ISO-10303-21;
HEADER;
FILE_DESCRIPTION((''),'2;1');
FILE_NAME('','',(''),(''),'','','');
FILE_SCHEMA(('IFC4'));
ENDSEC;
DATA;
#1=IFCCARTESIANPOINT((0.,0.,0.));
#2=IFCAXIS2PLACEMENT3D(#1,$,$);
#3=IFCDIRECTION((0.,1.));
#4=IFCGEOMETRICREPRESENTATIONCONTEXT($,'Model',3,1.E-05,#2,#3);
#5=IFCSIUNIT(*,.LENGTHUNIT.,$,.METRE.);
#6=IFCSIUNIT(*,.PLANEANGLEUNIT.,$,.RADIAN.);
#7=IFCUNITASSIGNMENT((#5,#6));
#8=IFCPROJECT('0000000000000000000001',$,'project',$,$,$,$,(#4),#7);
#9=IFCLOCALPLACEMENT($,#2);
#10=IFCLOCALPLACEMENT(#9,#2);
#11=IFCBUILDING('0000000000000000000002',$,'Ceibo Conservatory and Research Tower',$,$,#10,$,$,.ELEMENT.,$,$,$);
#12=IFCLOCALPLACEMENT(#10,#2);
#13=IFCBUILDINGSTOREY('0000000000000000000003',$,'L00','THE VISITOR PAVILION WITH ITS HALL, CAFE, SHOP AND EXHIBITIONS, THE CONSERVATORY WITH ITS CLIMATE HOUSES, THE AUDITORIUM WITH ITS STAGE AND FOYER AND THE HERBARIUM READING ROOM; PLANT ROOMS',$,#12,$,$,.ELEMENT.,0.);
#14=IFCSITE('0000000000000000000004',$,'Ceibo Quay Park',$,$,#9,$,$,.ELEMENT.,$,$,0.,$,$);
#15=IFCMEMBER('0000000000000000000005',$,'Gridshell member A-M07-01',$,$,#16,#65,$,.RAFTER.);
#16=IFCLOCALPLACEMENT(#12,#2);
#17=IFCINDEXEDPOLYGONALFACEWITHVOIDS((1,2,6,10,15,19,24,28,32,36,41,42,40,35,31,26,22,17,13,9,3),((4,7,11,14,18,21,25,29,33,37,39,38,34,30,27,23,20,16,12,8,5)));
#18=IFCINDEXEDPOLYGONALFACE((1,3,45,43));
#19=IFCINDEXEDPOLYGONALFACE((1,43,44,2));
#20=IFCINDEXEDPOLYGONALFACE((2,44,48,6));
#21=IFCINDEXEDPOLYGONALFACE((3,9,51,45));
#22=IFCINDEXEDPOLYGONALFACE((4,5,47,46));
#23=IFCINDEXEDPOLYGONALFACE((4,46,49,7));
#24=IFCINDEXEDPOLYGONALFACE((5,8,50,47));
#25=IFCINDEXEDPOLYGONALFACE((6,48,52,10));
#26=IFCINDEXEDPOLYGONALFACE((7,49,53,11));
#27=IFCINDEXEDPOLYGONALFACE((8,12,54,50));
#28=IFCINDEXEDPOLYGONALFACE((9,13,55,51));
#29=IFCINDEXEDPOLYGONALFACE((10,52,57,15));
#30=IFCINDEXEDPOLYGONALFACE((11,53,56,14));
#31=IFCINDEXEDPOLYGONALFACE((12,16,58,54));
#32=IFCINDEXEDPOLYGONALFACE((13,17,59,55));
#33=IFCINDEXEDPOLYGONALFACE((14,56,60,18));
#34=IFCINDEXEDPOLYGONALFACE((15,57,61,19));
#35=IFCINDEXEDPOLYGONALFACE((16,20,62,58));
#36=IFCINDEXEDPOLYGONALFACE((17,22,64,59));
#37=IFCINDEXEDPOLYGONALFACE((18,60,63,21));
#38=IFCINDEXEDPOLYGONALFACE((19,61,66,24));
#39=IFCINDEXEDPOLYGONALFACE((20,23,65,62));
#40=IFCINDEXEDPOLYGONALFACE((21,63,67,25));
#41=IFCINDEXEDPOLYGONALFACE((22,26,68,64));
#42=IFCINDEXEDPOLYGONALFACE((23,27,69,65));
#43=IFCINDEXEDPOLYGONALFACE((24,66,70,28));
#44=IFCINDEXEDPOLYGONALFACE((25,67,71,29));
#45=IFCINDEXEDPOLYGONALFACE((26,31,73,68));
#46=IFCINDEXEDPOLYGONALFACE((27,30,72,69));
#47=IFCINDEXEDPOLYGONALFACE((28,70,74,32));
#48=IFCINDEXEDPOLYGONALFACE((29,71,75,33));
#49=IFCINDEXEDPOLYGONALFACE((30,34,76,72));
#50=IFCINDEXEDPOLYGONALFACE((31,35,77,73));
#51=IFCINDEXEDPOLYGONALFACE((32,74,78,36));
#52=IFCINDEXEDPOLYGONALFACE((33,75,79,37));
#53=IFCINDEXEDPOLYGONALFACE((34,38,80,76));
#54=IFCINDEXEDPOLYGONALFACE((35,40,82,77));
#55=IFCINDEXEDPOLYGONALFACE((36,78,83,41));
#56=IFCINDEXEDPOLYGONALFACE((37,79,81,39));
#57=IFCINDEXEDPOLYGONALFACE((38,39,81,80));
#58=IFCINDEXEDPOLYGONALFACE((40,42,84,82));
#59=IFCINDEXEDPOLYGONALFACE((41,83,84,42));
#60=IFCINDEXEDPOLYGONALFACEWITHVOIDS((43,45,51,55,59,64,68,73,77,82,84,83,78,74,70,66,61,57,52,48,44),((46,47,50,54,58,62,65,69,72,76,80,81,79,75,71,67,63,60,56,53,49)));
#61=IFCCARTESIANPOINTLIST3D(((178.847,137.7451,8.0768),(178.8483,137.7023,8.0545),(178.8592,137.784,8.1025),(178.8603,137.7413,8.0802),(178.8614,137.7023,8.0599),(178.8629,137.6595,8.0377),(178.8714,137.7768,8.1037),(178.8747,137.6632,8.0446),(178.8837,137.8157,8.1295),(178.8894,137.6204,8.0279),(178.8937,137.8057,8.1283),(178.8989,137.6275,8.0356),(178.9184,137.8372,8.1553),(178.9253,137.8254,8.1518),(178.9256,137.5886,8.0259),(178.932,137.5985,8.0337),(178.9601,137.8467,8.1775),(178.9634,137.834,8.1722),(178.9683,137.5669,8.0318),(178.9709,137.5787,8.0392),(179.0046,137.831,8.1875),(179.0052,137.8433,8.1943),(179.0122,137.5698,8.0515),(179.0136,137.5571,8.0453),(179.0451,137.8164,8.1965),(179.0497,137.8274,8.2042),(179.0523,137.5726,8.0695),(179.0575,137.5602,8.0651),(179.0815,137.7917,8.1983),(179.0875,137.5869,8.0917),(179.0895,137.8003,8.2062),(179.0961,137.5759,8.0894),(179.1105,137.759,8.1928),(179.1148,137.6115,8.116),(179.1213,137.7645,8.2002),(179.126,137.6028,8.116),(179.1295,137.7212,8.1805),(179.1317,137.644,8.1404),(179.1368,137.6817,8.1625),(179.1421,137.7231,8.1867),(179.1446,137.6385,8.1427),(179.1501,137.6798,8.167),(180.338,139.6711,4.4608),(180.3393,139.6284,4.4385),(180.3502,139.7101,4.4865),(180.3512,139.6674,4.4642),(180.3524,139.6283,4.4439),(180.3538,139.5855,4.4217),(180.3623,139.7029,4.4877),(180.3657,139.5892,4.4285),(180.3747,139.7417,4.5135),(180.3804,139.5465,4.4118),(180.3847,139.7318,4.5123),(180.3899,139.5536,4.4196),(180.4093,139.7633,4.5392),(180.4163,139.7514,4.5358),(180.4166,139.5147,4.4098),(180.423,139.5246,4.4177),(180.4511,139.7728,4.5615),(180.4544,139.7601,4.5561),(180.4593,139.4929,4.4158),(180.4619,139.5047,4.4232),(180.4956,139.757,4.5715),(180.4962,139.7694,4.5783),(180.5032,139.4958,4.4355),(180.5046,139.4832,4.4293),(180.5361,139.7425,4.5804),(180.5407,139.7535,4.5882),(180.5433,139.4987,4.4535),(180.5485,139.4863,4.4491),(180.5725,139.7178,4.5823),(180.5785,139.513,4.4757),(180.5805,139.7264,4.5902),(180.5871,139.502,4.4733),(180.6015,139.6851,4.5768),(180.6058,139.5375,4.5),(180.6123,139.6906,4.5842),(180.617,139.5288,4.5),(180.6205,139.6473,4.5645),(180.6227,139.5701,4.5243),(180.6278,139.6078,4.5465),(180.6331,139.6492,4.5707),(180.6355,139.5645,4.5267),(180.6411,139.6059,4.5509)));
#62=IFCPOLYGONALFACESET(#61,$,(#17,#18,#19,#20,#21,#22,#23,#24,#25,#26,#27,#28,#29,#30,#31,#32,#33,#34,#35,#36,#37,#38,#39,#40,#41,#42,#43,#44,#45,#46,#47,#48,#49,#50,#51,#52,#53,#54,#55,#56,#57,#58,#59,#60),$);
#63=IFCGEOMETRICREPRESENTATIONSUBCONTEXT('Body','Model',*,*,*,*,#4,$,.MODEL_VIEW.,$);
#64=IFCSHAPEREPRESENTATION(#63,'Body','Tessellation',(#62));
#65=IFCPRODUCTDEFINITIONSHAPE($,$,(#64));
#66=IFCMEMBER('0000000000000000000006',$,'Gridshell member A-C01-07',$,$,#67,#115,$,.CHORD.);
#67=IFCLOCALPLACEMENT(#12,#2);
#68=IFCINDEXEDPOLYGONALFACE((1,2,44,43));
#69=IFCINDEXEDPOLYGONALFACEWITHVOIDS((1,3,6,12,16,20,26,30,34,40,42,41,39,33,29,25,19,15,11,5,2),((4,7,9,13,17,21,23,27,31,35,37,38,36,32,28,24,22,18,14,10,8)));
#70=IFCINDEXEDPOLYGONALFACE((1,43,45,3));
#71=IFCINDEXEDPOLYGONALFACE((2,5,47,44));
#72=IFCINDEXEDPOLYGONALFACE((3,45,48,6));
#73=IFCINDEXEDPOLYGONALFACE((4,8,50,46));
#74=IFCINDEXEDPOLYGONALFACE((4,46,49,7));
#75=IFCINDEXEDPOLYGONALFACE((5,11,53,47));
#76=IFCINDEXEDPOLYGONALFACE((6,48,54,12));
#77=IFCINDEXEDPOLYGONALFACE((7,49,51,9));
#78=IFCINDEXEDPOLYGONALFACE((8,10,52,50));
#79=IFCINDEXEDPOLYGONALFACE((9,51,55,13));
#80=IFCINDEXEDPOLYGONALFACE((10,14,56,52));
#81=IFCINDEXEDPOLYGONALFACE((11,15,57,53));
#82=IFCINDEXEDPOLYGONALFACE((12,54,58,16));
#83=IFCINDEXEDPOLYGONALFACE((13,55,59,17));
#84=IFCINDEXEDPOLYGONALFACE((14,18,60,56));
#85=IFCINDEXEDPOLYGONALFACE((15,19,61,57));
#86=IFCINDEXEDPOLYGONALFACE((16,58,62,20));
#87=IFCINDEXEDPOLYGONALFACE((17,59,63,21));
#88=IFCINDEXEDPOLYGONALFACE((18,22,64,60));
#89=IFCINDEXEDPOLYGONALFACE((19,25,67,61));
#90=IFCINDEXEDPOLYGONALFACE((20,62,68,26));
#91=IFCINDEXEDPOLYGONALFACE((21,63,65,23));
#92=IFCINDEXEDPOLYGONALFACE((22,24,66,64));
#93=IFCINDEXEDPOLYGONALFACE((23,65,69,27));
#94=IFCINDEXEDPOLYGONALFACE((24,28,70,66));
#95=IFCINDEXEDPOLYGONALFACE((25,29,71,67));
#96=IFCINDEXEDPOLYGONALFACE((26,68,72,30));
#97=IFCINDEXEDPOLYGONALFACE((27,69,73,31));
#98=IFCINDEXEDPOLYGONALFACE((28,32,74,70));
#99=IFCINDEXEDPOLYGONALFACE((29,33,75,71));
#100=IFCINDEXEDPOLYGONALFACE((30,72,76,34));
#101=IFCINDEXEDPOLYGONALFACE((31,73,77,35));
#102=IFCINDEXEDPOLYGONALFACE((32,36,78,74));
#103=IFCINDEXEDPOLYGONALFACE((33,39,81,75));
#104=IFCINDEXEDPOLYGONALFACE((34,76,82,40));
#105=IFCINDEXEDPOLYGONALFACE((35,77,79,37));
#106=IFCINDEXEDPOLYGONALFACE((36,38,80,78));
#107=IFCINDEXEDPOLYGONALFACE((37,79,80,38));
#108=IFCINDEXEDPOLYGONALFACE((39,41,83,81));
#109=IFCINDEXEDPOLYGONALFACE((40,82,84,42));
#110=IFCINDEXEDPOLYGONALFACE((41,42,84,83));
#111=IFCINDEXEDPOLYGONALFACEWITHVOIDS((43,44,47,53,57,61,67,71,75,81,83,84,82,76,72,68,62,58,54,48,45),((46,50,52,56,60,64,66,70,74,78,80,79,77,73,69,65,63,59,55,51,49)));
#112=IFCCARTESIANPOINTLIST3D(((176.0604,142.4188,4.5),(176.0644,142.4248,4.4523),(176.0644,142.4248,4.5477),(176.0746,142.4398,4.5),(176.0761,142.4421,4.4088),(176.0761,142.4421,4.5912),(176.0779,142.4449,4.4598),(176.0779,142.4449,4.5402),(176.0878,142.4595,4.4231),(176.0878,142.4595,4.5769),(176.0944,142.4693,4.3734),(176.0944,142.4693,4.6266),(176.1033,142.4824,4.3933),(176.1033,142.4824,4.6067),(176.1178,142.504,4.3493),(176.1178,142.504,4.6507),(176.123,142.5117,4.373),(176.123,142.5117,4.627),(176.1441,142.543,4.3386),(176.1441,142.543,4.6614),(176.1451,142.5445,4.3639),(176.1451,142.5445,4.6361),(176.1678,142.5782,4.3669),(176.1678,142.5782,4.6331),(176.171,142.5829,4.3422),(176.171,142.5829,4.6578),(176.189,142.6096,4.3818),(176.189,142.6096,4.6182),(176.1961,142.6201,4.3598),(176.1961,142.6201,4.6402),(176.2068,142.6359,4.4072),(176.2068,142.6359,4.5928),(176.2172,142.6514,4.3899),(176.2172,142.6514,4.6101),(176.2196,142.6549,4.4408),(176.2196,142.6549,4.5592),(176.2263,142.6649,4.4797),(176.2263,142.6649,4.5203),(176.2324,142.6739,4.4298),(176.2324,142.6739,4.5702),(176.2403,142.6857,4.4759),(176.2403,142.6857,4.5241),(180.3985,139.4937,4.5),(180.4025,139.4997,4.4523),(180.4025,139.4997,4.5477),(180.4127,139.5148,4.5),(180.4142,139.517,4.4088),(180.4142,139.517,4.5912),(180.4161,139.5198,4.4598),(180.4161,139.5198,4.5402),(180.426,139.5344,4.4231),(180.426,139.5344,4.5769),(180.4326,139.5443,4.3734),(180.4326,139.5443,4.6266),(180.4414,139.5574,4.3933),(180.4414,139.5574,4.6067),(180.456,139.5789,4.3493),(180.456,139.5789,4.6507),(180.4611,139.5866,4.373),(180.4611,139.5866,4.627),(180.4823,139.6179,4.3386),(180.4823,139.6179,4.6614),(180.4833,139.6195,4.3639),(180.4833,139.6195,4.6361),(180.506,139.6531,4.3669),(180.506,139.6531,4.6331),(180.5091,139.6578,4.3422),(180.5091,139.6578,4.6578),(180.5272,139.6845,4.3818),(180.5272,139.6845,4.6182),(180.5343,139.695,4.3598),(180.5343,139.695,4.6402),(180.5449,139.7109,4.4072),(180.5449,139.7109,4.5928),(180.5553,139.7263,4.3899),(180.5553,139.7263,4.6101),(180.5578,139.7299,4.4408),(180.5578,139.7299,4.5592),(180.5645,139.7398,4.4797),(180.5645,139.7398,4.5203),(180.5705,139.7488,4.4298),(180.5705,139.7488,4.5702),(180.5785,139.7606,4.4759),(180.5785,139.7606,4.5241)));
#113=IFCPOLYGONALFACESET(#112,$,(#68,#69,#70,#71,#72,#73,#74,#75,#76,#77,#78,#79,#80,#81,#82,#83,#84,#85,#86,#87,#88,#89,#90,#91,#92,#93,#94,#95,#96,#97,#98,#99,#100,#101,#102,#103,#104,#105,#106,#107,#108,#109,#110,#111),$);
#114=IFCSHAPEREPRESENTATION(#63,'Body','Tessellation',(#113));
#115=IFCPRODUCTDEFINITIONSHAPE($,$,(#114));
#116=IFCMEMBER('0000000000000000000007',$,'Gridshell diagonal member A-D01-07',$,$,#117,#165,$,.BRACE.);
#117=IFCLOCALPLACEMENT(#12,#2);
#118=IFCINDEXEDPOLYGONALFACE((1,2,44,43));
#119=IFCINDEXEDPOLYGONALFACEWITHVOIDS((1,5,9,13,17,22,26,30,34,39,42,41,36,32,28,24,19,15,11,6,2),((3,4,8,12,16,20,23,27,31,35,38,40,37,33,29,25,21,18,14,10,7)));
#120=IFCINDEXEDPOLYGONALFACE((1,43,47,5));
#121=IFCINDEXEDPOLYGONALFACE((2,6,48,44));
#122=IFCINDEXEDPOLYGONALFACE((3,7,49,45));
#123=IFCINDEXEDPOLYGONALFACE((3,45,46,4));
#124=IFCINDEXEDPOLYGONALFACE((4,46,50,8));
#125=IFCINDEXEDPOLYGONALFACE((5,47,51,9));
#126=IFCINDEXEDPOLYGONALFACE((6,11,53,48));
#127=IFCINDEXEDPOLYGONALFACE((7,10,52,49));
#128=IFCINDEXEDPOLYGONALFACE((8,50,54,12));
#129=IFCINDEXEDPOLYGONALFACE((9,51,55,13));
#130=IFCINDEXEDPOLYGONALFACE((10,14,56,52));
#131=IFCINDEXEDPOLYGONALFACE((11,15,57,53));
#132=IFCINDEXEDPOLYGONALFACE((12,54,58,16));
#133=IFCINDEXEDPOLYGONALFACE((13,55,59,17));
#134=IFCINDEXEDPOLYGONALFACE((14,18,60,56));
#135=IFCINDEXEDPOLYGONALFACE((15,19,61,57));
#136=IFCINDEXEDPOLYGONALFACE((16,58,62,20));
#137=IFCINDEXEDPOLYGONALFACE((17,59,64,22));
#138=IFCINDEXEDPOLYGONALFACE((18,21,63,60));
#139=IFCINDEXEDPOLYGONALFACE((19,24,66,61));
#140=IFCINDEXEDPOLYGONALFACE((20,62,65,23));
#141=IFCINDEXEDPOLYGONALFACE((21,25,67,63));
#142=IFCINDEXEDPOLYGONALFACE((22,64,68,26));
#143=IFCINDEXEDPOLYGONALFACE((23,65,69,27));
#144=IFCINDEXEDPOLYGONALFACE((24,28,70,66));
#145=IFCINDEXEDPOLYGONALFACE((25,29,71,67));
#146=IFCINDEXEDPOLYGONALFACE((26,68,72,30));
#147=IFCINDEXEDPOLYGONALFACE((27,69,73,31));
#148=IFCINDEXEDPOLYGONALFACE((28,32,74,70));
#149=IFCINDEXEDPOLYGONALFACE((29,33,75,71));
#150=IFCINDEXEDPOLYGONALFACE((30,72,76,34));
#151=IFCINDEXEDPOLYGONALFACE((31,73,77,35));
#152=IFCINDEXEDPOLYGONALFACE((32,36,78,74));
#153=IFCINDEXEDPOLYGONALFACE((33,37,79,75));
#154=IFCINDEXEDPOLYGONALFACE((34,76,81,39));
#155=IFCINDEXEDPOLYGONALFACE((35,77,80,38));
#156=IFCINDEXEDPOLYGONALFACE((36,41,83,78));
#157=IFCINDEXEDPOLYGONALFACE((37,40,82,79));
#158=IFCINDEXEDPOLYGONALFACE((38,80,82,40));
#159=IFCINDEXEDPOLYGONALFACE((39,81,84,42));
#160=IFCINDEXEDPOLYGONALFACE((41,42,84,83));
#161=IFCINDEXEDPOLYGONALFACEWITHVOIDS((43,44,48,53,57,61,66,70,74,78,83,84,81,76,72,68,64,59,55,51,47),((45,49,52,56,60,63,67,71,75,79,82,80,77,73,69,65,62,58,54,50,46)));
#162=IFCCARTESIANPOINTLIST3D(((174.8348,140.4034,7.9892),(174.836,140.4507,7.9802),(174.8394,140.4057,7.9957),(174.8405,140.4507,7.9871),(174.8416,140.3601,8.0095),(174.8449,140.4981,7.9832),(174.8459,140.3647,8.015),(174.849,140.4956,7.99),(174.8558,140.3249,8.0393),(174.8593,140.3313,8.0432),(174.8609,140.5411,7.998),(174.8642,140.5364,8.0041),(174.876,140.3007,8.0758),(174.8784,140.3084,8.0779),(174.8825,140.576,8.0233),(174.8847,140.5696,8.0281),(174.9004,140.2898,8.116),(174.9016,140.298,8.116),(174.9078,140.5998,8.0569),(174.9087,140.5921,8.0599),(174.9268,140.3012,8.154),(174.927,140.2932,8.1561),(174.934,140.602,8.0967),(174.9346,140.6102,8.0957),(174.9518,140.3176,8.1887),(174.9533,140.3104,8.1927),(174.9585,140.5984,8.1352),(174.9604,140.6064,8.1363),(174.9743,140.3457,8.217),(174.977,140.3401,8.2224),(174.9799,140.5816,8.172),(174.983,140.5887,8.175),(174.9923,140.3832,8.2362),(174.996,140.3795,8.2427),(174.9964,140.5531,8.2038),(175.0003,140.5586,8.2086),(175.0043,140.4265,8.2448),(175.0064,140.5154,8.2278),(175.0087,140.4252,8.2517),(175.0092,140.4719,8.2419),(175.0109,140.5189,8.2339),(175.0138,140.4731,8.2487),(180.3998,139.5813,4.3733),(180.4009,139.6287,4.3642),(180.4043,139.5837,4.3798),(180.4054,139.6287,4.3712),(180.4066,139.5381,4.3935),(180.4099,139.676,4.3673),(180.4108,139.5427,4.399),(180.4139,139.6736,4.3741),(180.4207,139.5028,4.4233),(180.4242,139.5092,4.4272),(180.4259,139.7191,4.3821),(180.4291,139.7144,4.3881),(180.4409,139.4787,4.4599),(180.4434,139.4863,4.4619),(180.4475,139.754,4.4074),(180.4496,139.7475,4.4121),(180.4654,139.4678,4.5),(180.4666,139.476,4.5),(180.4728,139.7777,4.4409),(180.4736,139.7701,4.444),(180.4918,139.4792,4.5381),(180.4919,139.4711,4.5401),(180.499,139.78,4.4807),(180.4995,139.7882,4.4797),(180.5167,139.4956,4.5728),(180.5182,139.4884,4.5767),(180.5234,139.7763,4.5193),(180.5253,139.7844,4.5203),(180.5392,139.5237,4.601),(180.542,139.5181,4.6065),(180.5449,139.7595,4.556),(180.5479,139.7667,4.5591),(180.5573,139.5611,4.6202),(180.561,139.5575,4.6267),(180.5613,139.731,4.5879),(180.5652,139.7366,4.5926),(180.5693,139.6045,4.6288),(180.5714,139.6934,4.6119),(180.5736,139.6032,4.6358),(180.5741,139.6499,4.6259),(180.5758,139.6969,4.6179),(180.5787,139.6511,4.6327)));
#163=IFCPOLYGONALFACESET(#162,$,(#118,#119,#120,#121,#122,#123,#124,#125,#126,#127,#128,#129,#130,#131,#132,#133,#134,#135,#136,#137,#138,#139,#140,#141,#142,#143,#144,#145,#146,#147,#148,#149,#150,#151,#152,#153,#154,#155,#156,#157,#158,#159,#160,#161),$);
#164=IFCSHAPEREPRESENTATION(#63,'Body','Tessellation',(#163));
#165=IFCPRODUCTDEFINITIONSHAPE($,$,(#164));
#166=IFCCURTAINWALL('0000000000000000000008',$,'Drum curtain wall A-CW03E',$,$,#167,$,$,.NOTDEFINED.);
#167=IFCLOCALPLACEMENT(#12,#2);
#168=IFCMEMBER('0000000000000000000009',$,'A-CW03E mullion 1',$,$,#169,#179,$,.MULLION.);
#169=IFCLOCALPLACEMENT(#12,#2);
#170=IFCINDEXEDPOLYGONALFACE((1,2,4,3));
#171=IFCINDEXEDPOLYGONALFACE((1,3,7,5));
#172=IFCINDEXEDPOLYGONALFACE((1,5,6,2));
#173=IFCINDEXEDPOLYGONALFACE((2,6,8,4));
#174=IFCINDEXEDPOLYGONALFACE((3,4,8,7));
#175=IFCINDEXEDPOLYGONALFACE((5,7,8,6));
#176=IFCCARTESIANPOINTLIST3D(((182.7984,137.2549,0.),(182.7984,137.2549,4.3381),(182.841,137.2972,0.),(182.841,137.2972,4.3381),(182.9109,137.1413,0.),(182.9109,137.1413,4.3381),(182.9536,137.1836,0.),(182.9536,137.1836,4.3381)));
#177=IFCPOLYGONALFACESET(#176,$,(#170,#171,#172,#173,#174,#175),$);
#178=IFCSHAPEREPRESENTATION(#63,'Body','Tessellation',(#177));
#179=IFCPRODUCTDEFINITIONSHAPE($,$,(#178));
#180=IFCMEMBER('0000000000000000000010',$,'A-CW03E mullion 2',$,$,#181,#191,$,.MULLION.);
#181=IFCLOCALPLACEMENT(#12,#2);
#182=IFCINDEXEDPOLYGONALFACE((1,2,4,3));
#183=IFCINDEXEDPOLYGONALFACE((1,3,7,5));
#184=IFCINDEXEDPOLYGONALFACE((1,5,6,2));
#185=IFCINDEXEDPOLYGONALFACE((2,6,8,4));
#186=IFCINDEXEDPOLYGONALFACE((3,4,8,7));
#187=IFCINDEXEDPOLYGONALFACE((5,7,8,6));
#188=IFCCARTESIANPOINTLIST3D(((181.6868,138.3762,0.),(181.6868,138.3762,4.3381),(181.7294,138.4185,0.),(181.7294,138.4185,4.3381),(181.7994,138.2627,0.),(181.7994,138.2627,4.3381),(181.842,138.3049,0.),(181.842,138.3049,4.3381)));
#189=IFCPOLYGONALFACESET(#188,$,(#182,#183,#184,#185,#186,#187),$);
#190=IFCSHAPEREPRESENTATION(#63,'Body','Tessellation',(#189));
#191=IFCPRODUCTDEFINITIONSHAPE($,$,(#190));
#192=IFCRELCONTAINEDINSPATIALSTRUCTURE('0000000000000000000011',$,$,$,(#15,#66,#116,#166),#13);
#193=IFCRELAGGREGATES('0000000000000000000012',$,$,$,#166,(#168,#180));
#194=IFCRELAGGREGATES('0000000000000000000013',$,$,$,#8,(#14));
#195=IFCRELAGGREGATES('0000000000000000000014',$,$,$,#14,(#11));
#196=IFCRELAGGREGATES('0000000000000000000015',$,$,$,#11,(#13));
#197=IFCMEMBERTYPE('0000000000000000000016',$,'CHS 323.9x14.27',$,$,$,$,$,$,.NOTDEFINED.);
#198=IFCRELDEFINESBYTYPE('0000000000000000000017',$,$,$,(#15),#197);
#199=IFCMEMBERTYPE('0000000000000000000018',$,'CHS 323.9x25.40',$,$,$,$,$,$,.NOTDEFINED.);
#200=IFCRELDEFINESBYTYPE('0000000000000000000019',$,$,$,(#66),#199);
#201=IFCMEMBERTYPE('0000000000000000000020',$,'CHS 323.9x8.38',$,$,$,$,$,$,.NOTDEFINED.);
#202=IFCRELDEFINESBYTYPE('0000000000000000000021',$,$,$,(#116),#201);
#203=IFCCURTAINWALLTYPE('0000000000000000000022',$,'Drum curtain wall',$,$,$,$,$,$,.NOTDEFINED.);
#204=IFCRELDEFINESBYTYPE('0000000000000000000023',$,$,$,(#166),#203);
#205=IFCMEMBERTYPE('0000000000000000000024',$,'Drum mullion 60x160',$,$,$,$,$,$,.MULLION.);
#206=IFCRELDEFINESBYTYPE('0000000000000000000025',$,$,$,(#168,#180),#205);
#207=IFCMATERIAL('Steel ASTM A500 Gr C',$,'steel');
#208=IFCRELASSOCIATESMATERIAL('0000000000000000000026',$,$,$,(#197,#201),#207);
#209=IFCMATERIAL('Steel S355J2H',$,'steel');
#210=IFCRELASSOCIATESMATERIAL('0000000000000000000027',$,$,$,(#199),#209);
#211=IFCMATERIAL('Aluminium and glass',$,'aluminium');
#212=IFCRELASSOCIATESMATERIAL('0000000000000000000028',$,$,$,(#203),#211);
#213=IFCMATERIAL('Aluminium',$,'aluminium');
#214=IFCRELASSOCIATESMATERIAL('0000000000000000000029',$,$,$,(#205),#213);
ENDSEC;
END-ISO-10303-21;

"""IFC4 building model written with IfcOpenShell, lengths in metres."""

from ifc_helpers import new_model, si_unit, direction, frame, origin, origin_2d, place, context, subcontext, project, spatial, rectangle, hollow_circle, extrude, material, material_profile, profile_set, type_object, element, aggregate, save


model = new_model("IFC4")

# Units and contexts
model_context = context("Model", 3, precision=1e-05, world=origin(), true_north=direction((0.0, 1.0)))
body_context = subcontext(model_context, "Body", "Model", "MODEL_VIEW")
ifc_project = project(units=[si_unit("LENGTHUNIT", "METRE"), si_unit("PLANEANGLEUNIT", "RADIAN")], contexts=[model_context])

# Site, building, storey
site_placement = place(None, origin())
site = spatial("IfcSite", under=ifc_project, at=site_placement, Name="Ceibo Quay Park", CompositionType="ELEMENT", RefElevation=0.0)
building_placement = place(site_placement, origin())
building = spatial("IfcBuilding", under=site, at=building_placement, Name="Ceibo Conservatory and Research Tower", CompositionType="ELEMENT")
storey_placement = place(building_placement, origin())
storey = spatial("IfcBuildingStorey", under=building, at=storey_placement, Name="L00", Description="THE VISITOR PAVILION WITH ITS HALL, CAFE, SHOP AND EXHIBITIONS, THE CONSERVATORY WITH ITS CLIMATE HOUSES, THE AUDITORIUM WITH ITS STAGE AND FOYER AND THE HERBARIUM READING ROOM; PLANT ROOMS", CompositionType="ELEMENT", Elevation=0.0)

# Shared definitions
ifc_material_1 = material(Name="Steel ASTM A500 Gr C", Category="steel")

# Members
ifc_material_profile_1 = material_profile(ifc_material_1, hollow_circle(Radius=0.1619, WallThickness=0.0142, at=origin_2d()), Name="CHS 323.9x14.27")
ifc_profile_set_1 = profile_set([ifc_material_profile_1], Name="Steel ASTM A500 Gr C")
member_type_1 = type_object("IfcMemberType", Name="CHS 323.9x14.27", PredefinedType="NOTDEFINED", material=ifc_profile_set_1)
member_1_placement = place(storey_placement, frame((180.489, 139.6279, 4.5), z_axis=(-0.341981, -0.44177, 0.82939), x_axis=(0.790753, -0.612135, 0.0)))
element("IfcMember", 1, at=member_1_placement, inside=storey, type_object=member_type_1, Name="Gridshell member A-M07-01", PredefinedType="RAFTER", context=body_context, shape_type="SweptSolid", body=[
    extrude(hollow_circle(Radius=0.1619, WallThickness=0.0142, at=origin_2d()), origin(), (0.0, 0.0, 1.0), 4.3599),
])
ifc_material_2 = material(Name="Steel S355J2H", Category="steel")
ifc_material_profile_2 = material_profile(ifc_material_2, hollow_circle(Radius=0.1619, WallThickness=0.0254, at=origin_2d()), Name="CHS 323.9x25.40")
ifc_profile_set_2 = profile_set([ifc_material_profile_2], Name="Steel S355J2H")
member_type_2 = type_object("IfcMemberType", Name="CHS 323.9x25.40", PredefinedType="NOTDEFINED", material=ifc_profile_set_2)
member_2_placement = place(storey_placement, frame((180.489, 139.6279, 4.5), z_axis=(-0.829131, 0.559054, 0.0), x_axis=(-0.559054, -0.829131, 0.0)))
element("IfcMember", 2, at=member_2_placement, inside=storey, type_object=member_type_2, Name="Gridshell member A-C01-07", PredefinedType="CHORD", context=body_context, shape_type="SweptSolid", body=[
    extrude(hollow_circle(Radius=0.1619, WallThickness=0.0254, at=origin_2d()), origin(), (0.0, 0.0, 1.0), 5.2322),
])
ifc_material_profile_3 = material_profile(ifc_material_1, hollow_circle(Radius=0.1619, WallThickness=0.0083, at=origin_2d()), Name="CHS 323.9x8.38")
ifc_profile_set_3 = profile_set([ifc_material_profile_3], Name="Steel ASTM A500 Gr C")
member_type_3 = type_object("IfcMemberType", Name="CHS 323.9x8.38", PredefinedType="NOTDEFINED", material=ifc_profile_set_3)
member_3_placement = place(storey_placement, frame((180.489, 139.6279, 4.5), z_axis=(-0.83217, 0.122923, 0.540724), x_axis=(-0.146129, -0.989266, 0.0)))
element("IfcMember", 3, at=member_3_placement, inside=storey, type_object=member_type_3, Name="Gridshell diagonal member A-D01-07", PredefinedType="BRACE", context=body_context, shape_type="SweptSolid", body=[
    extrude(hollow_circle(Radius=0.1619, WallThickness=0.0083, at=origin_2d()), origin(), (0.0, 0.0, 1.0), 6.6873),
])

# Curtain wall, members
ifc_material_3 = material(Name="Aluminium and glass", Category="aluminium")
curtain_wall_type = type_object("IfcCurtainWallType", Name="Drum curtain wall", PredefinedType="NOTDEFINED", material=ifc_material_3)
curtain_wall_1_placement = place(storey_placement, origin())
curtain_wall_1 = element("IfcCurtainWall", 4, at=curtain_wall_1_placement, inside=storey, type_object=curtain_wall_type, Name="Drum curtain wall A-CW03E", PredefinedType="NOTDEFINED")
ifc_material_4 = material(Name="Aluminium", Category="aluminium")
ifc_material_profile_4 = material_profile(ifc_material_4, rectangle(XDim=0.0601, YDim=0.1599, at=origin_2d()), Name="AL 60x160")
ifc_profile_set_4 = profile_set([ifc_material_profile_4], Name="Aluminium")
member_type_4 = type_object("IfcMemberType", Name="Drum mullion 60x160", PredefinedType="MULLION", material=ifc_profile_set_4)
member_4_placement = place(storey_placement, frame((182.876, 137.2192, 0.0), z_axis=(0.0, 0.0, 1.0), x_axis=(-0.710185, -0.704015, 0.0)))
member_4 = element("IfcMember", 5, at=member_4_placement, type_object=member_type_4, Name="A-CW03E mullion 1", PredefinedType="MULLION", context=body_context, shape_type="SweptSolid", body=[
    extrude(rectangle(XDim=0.0601, YDim=0.1599, at=origin_2d()), origin(), (0.0, 0.0, 1.0), 4.3381),
])
member_5_placement = place(storey_placement, frame((181.7644, 138.3406, 0.0), z_axis=(0.0, 0.0, 1.0), x_axis=(-0.710185, -0.704015, 0.0)))
member_5 = element("IfcMember", 6, at=member_5_placement, type_object=member_type_4, Name="A-CW03E mullion 2", PredefinedType="MULLION", context=body_context, shape_type="SweptSolid", body=[
    extrude(rectangle(XDim=0.0601, YDim=0.1599, at=origin_2d()), origin(), (0.0, 0.0, 1.0), 4.3381),
])

aggregate(curtain_wall_1, [member_4, member_5])

save(model, "model.ifc")
